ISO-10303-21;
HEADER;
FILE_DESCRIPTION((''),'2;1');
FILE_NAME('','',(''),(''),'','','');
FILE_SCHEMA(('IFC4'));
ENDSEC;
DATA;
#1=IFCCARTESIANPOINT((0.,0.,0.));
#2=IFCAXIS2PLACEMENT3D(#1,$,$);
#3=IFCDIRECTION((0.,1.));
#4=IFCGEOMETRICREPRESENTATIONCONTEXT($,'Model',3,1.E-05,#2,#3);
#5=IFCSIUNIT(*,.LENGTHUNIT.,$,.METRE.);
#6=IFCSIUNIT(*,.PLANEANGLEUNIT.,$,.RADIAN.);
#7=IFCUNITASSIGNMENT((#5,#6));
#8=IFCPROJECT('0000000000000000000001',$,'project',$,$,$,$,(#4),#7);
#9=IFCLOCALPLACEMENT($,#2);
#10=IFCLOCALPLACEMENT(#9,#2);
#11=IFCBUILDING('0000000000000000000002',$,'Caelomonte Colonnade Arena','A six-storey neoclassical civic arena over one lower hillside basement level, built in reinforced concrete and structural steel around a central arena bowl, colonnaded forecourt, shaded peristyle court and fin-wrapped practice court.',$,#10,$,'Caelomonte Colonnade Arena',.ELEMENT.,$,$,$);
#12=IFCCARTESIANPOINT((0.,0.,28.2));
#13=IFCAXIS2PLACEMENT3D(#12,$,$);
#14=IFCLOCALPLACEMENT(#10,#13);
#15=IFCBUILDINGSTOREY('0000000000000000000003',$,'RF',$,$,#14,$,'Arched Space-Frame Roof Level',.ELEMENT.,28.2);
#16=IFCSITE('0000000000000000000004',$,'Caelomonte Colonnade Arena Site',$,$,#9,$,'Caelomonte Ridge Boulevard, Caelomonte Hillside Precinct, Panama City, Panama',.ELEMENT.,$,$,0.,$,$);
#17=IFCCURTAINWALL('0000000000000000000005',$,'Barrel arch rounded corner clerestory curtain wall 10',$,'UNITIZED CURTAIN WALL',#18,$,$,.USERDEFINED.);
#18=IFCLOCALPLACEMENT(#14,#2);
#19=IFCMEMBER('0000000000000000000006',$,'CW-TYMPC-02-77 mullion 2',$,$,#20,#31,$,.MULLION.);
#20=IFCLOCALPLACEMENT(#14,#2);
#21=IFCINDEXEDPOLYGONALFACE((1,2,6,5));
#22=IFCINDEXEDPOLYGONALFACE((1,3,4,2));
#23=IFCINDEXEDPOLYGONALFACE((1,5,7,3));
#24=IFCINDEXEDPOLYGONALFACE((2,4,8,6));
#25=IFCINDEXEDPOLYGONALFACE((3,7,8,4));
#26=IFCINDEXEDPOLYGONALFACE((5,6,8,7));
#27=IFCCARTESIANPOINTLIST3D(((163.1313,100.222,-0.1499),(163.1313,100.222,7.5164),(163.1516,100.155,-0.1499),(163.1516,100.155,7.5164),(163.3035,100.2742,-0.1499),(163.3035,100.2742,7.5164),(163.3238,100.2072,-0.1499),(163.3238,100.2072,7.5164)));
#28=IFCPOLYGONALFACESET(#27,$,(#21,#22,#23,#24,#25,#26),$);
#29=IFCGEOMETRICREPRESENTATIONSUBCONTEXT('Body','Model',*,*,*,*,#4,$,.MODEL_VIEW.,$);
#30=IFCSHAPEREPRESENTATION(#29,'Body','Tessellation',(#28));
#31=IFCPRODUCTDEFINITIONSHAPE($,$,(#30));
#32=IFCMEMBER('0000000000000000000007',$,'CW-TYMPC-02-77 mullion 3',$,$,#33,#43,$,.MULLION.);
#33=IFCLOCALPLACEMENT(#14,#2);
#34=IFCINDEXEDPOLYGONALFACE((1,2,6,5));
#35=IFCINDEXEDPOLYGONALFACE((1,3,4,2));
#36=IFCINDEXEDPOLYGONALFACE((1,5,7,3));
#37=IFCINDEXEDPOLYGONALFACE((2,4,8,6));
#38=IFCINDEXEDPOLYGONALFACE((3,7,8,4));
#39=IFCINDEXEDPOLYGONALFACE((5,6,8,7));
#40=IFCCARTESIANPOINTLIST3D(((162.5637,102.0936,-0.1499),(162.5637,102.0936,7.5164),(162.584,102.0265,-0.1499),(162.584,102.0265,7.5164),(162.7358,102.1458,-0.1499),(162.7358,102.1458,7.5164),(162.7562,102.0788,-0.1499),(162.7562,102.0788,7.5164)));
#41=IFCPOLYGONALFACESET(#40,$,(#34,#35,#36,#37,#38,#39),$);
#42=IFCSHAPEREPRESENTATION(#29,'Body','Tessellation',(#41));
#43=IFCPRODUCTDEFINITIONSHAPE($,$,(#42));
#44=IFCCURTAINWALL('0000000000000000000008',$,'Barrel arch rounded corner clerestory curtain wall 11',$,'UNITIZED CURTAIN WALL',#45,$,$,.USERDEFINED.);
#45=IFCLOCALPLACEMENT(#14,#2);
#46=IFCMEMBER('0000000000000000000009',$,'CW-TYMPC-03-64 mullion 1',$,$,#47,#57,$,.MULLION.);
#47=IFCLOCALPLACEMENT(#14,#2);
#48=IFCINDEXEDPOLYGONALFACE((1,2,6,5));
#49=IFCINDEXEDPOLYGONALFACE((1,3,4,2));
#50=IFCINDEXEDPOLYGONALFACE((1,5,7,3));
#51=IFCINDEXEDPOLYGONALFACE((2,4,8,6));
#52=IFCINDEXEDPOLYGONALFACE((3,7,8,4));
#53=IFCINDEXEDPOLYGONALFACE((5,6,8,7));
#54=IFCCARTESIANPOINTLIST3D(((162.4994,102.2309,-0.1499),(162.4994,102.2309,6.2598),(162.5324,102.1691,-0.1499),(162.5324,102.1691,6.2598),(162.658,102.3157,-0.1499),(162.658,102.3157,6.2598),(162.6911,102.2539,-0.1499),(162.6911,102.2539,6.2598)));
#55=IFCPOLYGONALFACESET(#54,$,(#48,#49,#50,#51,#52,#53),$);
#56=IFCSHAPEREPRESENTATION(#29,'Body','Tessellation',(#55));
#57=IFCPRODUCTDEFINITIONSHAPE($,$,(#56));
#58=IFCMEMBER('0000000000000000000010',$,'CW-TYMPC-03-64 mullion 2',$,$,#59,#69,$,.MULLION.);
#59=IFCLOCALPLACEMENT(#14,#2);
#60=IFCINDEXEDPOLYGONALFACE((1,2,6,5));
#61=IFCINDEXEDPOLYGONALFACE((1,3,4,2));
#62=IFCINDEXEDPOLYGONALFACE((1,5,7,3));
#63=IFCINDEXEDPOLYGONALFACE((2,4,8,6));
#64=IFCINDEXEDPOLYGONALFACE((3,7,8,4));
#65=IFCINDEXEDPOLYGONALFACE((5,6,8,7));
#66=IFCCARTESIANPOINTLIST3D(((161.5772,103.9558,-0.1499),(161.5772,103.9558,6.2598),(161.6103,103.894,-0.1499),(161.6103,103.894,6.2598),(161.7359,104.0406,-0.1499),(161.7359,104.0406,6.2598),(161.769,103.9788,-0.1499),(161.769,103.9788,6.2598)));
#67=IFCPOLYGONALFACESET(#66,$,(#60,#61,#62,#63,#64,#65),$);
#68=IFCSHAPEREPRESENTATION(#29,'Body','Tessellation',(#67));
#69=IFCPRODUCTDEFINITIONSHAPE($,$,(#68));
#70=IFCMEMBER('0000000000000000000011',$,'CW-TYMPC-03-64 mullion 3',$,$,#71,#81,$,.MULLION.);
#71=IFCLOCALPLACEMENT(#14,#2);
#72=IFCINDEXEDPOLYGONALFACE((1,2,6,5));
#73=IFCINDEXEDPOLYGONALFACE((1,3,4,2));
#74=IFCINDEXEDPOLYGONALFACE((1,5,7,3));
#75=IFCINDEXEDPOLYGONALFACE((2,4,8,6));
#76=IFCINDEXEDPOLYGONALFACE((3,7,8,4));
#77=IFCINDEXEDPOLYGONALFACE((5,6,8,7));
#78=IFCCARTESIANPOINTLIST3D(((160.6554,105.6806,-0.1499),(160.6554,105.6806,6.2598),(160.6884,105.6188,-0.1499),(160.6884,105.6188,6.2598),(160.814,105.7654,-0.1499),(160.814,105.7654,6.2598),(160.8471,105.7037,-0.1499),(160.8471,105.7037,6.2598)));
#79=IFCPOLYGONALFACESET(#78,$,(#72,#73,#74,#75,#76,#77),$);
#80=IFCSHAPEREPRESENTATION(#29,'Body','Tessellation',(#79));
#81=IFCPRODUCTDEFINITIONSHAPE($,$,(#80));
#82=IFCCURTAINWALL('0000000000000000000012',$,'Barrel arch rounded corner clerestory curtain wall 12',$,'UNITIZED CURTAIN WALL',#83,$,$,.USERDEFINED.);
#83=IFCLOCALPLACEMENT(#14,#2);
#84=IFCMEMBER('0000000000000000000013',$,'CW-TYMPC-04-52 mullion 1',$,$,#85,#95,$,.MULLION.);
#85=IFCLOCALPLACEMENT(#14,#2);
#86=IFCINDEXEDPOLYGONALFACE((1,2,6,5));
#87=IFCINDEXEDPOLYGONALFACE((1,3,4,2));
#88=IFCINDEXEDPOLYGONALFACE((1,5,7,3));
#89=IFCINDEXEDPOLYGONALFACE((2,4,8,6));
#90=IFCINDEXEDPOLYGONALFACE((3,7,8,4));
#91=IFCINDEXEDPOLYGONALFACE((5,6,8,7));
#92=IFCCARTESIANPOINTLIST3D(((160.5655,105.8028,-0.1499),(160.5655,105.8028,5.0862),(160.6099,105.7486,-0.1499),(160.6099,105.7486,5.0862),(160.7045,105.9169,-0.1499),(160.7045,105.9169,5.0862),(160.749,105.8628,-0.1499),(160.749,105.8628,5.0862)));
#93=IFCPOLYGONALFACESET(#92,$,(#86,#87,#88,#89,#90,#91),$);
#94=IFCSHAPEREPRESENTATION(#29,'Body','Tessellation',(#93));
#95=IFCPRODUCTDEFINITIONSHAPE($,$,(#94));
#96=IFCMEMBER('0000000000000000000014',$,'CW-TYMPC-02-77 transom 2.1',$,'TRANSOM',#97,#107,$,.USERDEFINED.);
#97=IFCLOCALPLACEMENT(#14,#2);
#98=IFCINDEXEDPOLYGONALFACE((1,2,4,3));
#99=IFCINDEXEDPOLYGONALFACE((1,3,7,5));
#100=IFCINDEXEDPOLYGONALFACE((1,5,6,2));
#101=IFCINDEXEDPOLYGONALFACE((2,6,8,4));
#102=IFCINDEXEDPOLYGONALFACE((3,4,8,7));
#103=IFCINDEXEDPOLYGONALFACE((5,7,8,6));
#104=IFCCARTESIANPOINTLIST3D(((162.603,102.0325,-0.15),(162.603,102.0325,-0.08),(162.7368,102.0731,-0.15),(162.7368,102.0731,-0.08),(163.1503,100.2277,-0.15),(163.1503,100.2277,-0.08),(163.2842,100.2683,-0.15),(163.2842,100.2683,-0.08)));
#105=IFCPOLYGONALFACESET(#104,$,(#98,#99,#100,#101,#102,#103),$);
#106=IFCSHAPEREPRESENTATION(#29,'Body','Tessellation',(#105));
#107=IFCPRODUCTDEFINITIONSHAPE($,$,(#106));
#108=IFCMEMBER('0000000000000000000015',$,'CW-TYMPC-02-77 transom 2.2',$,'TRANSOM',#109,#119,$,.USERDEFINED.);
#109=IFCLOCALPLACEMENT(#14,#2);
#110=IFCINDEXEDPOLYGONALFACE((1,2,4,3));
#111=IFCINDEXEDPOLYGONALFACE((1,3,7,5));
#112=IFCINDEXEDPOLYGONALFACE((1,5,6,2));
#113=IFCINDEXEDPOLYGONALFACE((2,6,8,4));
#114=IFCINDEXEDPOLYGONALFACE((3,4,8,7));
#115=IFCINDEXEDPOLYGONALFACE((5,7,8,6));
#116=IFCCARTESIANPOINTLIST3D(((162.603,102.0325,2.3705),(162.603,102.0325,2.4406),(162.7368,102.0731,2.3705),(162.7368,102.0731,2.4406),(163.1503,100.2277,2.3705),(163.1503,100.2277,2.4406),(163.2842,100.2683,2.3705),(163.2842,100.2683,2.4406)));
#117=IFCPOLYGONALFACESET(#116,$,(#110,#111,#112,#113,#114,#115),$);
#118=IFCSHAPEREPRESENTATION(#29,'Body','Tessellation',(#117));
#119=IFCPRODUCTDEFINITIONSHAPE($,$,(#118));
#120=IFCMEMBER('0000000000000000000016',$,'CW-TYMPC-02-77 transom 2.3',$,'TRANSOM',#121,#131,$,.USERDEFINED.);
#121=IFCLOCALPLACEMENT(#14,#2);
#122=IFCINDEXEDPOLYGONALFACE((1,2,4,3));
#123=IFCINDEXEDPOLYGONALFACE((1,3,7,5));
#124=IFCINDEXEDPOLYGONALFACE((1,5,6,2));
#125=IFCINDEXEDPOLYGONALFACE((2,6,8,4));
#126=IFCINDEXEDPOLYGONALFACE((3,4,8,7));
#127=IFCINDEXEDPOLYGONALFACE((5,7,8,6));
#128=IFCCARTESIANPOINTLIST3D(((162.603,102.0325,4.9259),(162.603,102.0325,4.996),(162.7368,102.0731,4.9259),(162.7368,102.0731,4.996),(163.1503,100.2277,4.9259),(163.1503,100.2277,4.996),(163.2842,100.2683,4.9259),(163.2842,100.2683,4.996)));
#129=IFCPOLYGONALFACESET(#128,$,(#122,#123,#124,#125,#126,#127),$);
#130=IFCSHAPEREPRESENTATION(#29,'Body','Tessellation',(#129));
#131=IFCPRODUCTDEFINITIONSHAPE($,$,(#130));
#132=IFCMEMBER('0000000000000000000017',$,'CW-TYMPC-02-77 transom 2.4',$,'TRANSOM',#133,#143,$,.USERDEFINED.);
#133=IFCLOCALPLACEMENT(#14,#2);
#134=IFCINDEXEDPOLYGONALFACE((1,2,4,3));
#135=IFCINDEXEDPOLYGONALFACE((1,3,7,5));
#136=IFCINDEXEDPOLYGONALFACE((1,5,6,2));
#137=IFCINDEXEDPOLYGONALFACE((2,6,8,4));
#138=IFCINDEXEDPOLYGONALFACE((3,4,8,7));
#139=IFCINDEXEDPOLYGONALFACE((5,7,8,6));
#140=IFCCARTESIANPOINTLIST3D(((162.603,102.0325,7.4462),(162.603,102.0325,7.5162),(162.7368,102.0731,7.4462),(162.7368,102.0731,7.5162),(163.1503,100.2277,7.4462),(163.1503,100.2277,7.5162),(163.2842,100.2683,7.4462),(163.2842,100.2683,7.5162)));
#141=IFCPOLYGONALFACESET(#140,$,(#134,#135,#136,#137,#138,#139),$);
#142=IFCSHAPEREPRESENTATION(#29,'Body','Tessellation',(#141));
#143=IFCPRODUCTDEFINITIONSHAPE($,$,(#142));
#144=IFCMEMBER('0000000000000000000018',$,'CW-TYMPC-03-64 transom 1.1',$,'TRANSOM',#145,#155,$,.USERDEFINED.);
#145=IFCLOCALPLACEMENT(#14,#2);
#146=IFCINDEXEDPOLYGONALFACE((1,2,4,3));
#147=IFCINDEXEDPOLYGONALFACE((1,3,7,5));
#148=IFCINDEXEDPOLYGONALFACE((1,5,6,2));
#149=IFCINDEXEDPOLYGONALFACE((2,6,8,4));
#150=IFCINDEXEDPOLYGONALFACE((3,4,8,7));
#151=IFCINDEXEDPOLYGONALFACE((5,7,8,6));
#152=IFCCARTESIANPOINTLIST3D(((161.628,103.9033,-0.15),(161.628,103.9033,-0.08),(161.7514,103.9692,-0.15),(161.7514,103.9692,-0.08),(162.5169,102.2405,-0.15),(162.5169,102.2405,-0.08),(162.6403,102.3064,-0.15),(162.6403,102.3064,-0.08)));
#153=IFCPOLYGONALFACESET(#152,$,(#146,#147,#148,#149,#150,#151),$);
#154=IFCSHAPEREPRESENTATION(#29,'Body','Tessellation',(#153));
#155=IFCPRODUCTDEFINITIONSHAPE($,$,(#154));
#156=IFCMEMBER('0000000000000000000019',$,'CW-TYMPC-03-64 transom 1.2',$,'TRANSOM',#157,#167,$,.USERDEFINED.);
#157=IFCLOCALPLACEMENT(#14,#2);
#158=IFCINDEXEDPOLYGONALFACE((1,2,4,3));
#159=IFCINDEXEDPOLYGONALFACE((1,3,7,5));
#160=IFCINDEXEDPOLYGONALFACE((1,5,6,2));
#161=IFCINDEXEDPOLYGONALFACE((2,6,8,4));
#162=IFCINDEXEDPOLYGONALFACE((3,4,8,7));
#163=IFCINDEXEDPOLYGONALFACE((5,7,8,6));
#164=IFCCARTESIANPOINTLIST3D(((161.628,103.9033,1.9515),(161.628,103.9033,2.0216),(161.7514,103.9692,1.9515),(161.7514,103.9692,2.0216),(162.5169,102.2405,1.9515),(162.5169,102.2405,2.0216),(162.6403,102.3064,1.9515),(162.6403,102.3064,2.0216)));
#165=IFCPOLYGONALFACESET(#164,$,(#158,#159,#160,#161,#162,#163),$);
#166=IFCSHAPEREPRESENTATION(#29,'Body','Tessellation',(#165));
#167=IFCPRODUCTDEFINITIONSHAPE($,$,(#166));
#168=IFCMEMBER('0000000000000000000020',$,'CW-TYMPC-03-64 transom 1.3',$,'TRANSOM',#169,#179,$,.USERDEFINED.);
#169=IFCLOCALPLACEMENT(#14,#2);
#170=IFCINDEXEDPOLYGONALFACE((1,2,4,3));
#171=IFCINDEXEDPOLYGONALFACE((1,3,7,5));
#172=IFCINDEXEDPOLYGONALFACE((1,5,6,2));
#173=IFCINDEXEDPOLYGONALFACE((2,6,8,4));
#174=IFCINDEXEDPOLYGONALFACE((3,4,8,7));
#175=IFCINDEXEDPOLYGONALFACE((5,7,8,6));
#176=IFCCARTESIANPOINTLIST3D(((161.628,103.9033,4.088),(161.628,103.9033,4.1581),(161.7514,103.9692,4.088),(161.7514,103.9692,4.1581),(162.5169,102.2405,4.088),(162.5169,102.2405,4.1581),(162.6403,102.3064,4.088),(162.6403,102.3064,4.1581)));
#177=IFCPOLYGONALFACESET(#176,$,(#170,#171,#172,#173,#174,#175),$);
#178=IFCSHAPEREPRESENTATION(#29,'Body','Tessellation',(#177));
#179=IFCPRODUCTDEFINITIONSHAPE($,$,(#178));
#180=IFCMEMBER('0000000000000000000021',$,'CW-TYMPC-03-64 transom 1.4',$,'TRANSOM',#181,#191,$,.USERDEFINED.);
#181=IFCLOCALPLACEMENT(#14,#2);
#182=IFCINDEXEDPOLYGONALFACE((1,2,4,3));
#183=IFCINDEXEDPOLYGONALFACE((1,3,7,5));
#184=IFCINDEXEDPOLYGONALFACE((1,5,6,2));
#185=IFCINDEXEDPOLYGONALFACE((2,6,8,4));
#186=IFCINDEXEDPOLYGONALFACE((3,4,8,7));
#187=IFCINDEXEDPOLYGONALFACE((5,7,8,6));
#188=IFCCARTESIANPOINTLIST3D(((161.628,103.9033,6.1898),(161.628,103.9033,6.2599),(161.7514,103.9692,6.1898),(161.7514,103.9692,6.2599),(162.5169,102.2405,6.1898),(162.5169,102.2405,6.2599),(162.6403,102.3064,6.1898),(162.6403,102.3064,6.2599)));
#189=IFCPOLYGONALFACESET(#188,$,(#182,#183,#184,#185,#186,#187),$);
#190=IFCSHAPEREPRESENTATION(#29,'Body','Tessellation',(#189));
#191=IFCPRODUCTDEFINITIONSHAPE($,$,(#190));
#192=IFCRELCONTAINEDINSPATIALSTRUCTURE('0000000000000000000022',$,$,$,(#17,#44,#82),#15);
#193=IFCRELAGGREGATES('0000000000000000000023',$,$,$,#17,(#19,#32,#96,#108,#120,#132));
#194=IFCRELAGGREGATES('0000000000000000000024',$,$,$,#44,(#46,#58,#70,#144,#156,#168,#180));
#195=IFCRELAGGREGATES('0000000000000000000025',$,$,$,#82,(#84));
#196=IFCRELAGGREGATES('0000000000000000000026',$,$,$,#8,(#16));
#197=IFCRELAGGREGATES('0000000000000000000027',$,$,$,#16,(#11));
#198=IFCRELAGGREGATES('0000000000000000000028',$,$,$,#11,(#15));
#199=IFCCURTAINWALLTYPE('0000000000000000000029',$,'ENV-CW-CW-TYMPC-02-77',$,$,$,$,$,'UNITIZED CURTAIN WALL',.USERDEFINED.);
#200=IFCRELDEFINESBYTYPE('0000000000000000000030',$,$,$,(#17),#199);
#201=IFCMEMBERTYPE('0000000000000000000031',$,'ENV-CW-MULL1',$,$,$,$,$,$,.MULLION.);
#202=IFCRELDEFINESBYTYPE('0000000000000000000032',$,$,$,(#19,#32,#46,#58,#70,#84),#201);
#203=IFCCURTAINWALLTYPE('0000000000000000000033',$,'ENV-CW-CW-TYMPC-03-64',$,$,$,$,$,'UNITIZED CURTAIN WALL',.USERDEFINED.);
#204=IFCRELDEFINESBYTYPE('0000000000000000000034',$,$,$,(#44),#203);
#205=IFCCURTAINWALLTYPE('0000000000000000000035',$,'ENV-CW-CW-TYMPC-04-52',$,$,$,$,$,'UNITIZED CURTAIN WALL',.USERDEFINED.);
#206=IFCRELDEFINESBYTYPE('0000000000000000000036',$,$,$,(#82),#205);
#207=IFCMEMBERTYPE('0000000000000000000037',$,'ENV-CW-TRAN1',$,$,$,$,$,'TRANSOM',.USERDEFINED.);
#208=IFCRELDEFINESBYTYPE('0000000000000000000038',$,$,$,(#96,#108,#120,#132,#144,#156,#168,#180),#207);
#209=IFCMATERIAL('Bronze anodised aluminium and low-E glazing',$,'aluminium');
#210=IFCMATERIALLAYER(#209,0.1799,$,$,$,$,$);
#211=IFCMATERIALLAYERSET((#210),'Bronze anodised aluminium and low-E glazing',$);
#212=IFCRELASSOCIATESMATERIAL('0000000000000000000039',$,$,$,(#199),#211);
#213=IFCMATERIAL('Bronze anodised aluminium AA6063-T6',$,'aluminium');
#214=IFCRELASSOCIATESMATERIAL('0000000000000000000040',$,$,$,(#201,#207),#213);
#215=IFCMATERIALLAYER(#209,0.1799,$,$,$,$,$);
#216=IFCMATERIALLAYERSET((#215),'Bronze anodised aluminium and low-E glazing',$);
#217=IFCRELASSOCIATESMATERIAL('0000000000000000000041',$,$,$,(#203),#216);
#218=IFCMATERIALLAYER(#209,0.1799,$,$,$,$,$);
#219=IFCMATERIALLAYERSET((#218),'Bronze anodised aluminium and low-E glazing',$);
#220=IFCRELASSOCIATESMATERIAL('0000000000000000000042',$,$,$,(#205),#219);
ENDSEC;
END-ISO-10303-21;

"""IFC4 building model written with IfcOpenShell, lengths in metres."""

from ifc_helpers import new_model, si_unit, direction, frame, origin, origin_2d, place, context, subcontext, project, spatial, rectangle, extrude, material, layer, layer_set, material_profile, profile_set, type_object, element, aggregate, save


model = new_model("IFC4")

# Units and contexts
model_context = context("Model", 3, precision=1e-05, world=origin(), true_north=direction((0.0, 1.0)))
body_context = subcontext(model_context, "Body", "Model", "MODEL_VIEW")
ifc_project = project(units=[si_unit("LENGTHUNIT", "METRE"), si_unit("PLANEANGLEUNIT", "RADIAN")], contexts=[model_context])

# Site, building, storey
site_placement = place(None, origin())
site = spatial("IfcSite", under=ifc_project, at=site_placement, Name="Caelomonte Colonnade Arena Site", LongName="Caelomonte Ridge Boulevard, Caelomonte Hillside Precinct, Panama City, Panama", CompositionType="ELEMENT", RefElevation=0.0)
building_placement = place(site_placement, origin())
building = spatial("IfcBuilding", under=site, at=building_placement, Name="Caelomonte Colonnade Arena", Description="A six-storey neoclassical civic arena over one lower hillside basement level, built in reinforced concrete and structural steel around a central arena bowl, colonnaded forecourt, shaded peristyle court and fin-wrapped practice court.", LongName="Caelomonte Colonnade Arena", CompositionType="ELEMENT")
storey_placement = place(building_placement, frame((0.0, 0.0, 28.2)))
storey = spatial("IfcBuildingStorey", under=building, at=storey_placement, Name="RF", LongName="Arched Space-Frame Roof Level", CompositionType="ELEMENT", Elevation=28.2)

# Curtain walls, members
ifc_material_1 = material(Name="Bronze anodised aluminium and low-E glazing", Category="aluminium")
ifc_layer_1 = layer(ifc_material_1, 0.1799)
ifc_layer_set_1 = layer_set([ifc_layer_1], Name="Bronze anodised aluminium and low-E glazing")
curtain_wall_type_1 = type_object("IfcCurtainWallType", Name="ENV-CW-CW-TYMPC-02-77", ElementType="UNITIZED CURTAIN WALL", PredefinedType="USERDEFINED", material=ifc_layer_set_1)
curtain_wall_1_placement = place(storey_placement, origin())
curtain_wall_1 = element("IfcCurtainWall", 1, at=curtain_wall_1_placement, inside=storey, type_object=curtain_wall_type_1, Name="Barrel arch rounded corner clerestory curtain wall 10", ObjectType="UNITIZED CURTAIN WALL", PredefinedType="USERDEFINED")
ifc_material_2 = material(Name="Bronze anodised aluminium AA6063-T6", Category="aluminium")
ifc_material_profile_1 = material_profile(ifc_material_2, rectangle(XDim=0.0701, YDim=0.1799, at=origin_2d()), Name="CWM-70X180")
ifc_profile_set_1 = profile_set([ifc_material_profile_1], Name="Bronze anodised aluminium AA6063-T6")
member_type_1 = type_object("IfcMemberType", Name="ENV-CW-MULL1", PredefinedType="MULLION", material=ifc_profile_set_1)
member_1_placement = place(storey_placement, frame((163.2275, 100.2146, -0.1499), z_axis=(0.0, 0.0, 1.0), x_axis=(-0.290266, 0.956946, 0.0)))
member_1 = element("IfcMember", 2, at=member_1_placement, type_object=member_type_1, Name="CW-TYMPC-02-77 mullion 2", PredefinedType="MULLION", context=body_context, shape_type="SweptSolid", body=[
    extrude(rectangle(XDim=0.0701, YDim=0.1799, at=origin_2d()), origin(), (0.0, 0.0, 1.0), 7.6663),
])
member_2_placement = place(storey_placement, frame((162.6599, 102.0862, -0.1499), z_axis=(0.0, 0.0, 1.0), x_axis=(-0.290266, 0.956946, 0.0)))
member_2 = element("IfcMember", 3, at=member_2_placement, type_object=member_type_1, Name="CW-TYMPC-02-77 mullion 3", PredefinedType="MULLION", context=body_context, shape_type="SweptSolid", body=[
    extrude(rectangle(XDim=0.0701, YDim=0.1799, at=origin_2d()), origin(), (0.0, 0.0, 1.0), 7.6663),
])
ifc_layer_2 = layer(ifc_material_1, 0.1799)
ifc_layer_set_2 = layer_set([ifc_layer_2], Name="Bronze anodised aluminium and low-E glazing")
curtain_wall_type_2 = type_object("IfcCurtainWallType", Name="ENV-CW-CW-TYMPC-03-64", ElementType="UNITIZED CURTAIN WALL", PredefinedType="USERDEFINED", material=ifc_layer_set_2)
curtain_wall_2_placement = place(storey_placement, origin())
curtain_wall_2 = element("IfcCurtainWall", 4, at=curtain_wall_2_placement, inside=storey, type_object=curtain_wall_type_2, Name="Barrel arch rounded corner clerestory curtain wall 11", ObjectType="UNITIZED CURTAIN WALL", PredefinedType="USERDEFINED")
member_3_placement = place(storey_placement, frame((162.5952, 102.2424, -0.1499), z_axis=(0.0, 0.0, 1.0), x_axis=(-0.471391, 0.881924, 0.0)))
member_3 = element("IfcMember", 5, at=member_3_placement, type_object=member_type_1, Name="CW-TYMPC-03-64 mullion 1", PredefinedType="MULLION", context=body_context, shape_type="SweptSolid", body=[
    extrude(rectangle(XDim=0.0701, YDim=0.1799, at=origin_2d()), origin(), (0.0, 0.0, 1.0), 6.4097),
])
member_4_placement = place(storey_placement, frame((161.6731, 103.9673, -0.1499), z_axis=(0.0, 0.0, 1.0), x_axis=(-0.471391, 0.881924, 0.0)))
member_4 = element("IfcMember", 6, at=member_4_placement, type_object=member_type_1, Name="CW-TYMPC-03-64 mullion 2", PredefinedType="MULLION", context=body_context, shape_type="SweptSolid", body=[
    extrude(rectangle(XDim=0.0701, YDim=0.1799, at=origin_2d()), origin(), (0.0, 0.0, 1.0), 6.4097),
])
member_5_placement = place(storey_placement, frame((160.7512, 105.6921, -0.1499), z_axis=(0.0, 0.0, 1.0), x_axis=(-0.471391, 0.881924, 0.0)))
member_5 = element("IfcMember", 7, at=member_5_placement, type_object=member_type_1, Name="CW-TYMPC-03-64 mullion 3", PredefinedType="MULLION", context=body_context, shape_type="SweptSolid", body=[
    extrude(rectangle(XDim=0.0701, YDim=0.1799, at=origin_2d()), origin(), (0.0, 0.0, 1.0), 6.4097),
])

# Curtain wall, member
ifc_layer_3 = layer(ifc_material_1, 0.1799)
ifc_layer_set_3 = layer_set([ifc_layer_3], Name="Bronze anodised aluminium and low-E glazing")
curtain_wall_type_3 = type_object("IfcCurtainWallType", Name="ENV-CW-CW-TYMPC-04-52", ElementType="UNITIZED CURTAIN WALL", PredefinedType="USERDEFINED", material=ifc_layer_set_3)
curtain_wall_3_placement = place(storey_placement, origin())
curtain_wall_3 = element("IfcCurtainWall", 8, at=curtain_wall_3_placement, inside=storey, type_object=curtain_wall_type_3, Name="Barrel arch rounded corner clerestory curtain wall 12", ObjectType="UNITIZED CURTAIN WALL", PredefinedType="USERDEFINED")
member_6_placement = place(storey_placement, frame((160.6572, 105.8328, -0.1499), z_axis=(0.0, 0.0, 1.0), x_axis=(-0.634405, 0.773001, 0.0)))
member_6 = element("IfcMember", 9, at=member_6_placement, type_object=member_type_1, Name="CW-TYMPC-04-52 mullion 1", PredefinedType="MULLION", context=body_context, shape_type="SweptSolid", body=[
    extrude(rectangle(XDim=0.0701, YDim=0.1799, at=origin_2d()), origin(), (0.0, 0.0, 1.0), 5.2361),
])

# Members
ifc_material_profile_2 = material_profile(ifc_material_2, rectangle(XDim=0.0701, YDim=0.1399, at=origin_2d()), Name="CWT-70X140")
ifc_profile_set_2 = profile_set([ifc_material_profile_2], Name="Bronze anodised aluminium AA6063-T6")
member_type_2 = type_object("IfcMemberType", Name="ENV-CW-TRAN1", ElementType="TRANSOM", PredefinedType="USERDEFINED", material=ifc_profile_set_2)
member_7_placement = place(storey_placement, frame((163.2173, 100.248, -0.115), z_axis=(-0.290245, 0.956953, 0.0), x_axis=(0.0, 0.0, 1.0)))
member_7 = element("IfcMember", 10, at=member_7_placement, type_object=member_type_2, Name="CW-TYMPC-02-77 transom 2.1", ObjectType="TRANSOM", PredefinedType="USERDEFINED", context=body_context, shape_type="SweptSolid", body=[
    extrude(rectangle(XDim=0.0701, YDim=0.1399, at=origin_2d()), origin(), (0.0, 0.0, 1.0), 1.886),
])
member_8_placement = place(storey_placement, frame((163.2173, 100.248, 2.4055), z_axis=(-0.290245, 0.956953, 0.0), x_axis=(0.0, 0.0, 1.0)))
member_8 = element("IfcMember", 11, at=member_8_placement, type_object=member_type_2, Name="CW-TYMPC-02-77 transom 2.2", ObjectType="TRANSOM", PredefinedType="USERDEFINED", context=body_context, shape_type="SweptSolid", body=[
    extrude(rectangle(XDim=0.0701, YDim=0.1399, at=origin_2d()), origin(), (0.0, 0.0, 1.0), 1.886),
])
member_9_placement = place(storey_placement, frame((163.2173, 100.248, 4.9609), z_axis=(-0.290245, 0.956953, 0.0), x_axis=(0.0, 0.0, 1.0)))
member_9 = element("IfcMember", 12, at=member_9_placement, type_object=member_type_2, Name="CW-TYMPC-02-77 transom 2.3", ObjectType="TRANSOM", PredefinedType="USERDEFINED", context=body_context, shape_type="SweptSolid", body=[
    extrude(rectangle(XDim=0.0701, YDim=0.1399, at=origin_2d()), origin(), (0.0, 0.0, 1.0), 1.886),
])
member_10_placement = place(storey_placement, frame((163.2173, 100.248, 7.4812), z_axis=(-0.290245, 0.956953, 0.0), x_axis=(0.0, 0.0, 1.0)))
member_10 = element("IfcMember", 13, at=member_10_placement, type_object=member_type_2, Name="CW-TYMPC-02-77 transom 2.4", ObjectType="TRANSOM", PredefinedType="USERDEFINED", context=body_context, shape_type="SweptSolid", body=[
    extrude(rectangle(XDim=0.0701, YDim=0.1399, at=origin_2d()), origin(), (0.0, 0.0, 1.0), 1.886),
])
member_11_placement = place(storey_placement, frame((162.5786, 102.2734, -0.115), z_axis=(-0.471442, 0.881897, 0.0), x_axis=(0.0, 0.0, 1.0)))
member_11 = element("IfcMember", 14, at=member_11_placement, type_object=member_type_2, Name="CW-TYMPC-03-64 transom 1.1", ObjectType="TRANSOM", PredefinedType="USERDEFINED", context=body_context, shape_type="SweptSolid", body=[
    extrude(rectangle(XDim=0.0701, YDim=0.1399, at=origin_2d()), origin(), (0.0, 0.0, 1.0), 1.8855),
])
member_12_placement = place(storey_placement, frame((162.5786, 102.2734, 1.9866), z_axis=(-0.471442, 0.881897, 0.0), x_axis=(0.0, 0.0, 1.0)))
member_12 = element("IfcMember", 15, at=member_12_placement, type_object=member_type_2, Name="CW-TYMPC-03-64 transom 1.2", ObjectType="TRANSOM", PredefinedType="USERDEFINED", context=body_context, shape_type="SweptSolid", body=[
    extrude(rectangle(XDim=0.0701, YDim=0.1399, at=origin_2d()), origin(), (0.0, 0.0, 1.0), 1.8855),
])
member_13_placement = place(storey_placement, frame((162.5786, 102.2734, 4.123), z_axis=(-0.471442, 0.881897, 0.0), x_axis=(0.0, 0.0, 1.0)))
member_13 = element("IfcMember", 16, at=member_13_placement, type_object=member_type_2, Name="CW-TYMPC-03-64 transom 1.3", ObjectType="TRANSOM", PredefinedType="USERDEFINED", context=body_context, shape_type="SweptSolid", body=[
    extrude(rectangle(XDim=0.0701, YDim=0.1399, at=origin_2d()), origin(), (0.0, 0.0, 1.0), 1.8855),
])
member_14_placement = place(storey_placement, frame((162.5786, 102.2734, 6.2249), z_axis=(-0.471442, 0.881897, 0.0), x_axis=(0.0, 0.0, 1.0)))
member_14 = element("IfcMember", 17, at=member_14_placement, type_object=member_type_2, Name="CW-TYMPC-03-64 transom 1.4", ObjectType="TRANSOM", PredefinedType="USERDEFINED", context=body_context, shape_type="SweptSolid", body=[
    extrude(rectangle(XDim=0.0701, YDim=0.1399, at=origin_2d()), origin(), (0.0, 0.0, 1.0), 1.8855),
])

aggregate(curtain_wall_1, [member_1, member_2, member_7, member_8, member_9, member_10])
aggregate(curtain_wall_2, [member_3, member_4, member_5, member_11, member_12, member_13, member_14])
aggregate(curtain_wall_3, [member_6])

save(model, "model.ifc")
